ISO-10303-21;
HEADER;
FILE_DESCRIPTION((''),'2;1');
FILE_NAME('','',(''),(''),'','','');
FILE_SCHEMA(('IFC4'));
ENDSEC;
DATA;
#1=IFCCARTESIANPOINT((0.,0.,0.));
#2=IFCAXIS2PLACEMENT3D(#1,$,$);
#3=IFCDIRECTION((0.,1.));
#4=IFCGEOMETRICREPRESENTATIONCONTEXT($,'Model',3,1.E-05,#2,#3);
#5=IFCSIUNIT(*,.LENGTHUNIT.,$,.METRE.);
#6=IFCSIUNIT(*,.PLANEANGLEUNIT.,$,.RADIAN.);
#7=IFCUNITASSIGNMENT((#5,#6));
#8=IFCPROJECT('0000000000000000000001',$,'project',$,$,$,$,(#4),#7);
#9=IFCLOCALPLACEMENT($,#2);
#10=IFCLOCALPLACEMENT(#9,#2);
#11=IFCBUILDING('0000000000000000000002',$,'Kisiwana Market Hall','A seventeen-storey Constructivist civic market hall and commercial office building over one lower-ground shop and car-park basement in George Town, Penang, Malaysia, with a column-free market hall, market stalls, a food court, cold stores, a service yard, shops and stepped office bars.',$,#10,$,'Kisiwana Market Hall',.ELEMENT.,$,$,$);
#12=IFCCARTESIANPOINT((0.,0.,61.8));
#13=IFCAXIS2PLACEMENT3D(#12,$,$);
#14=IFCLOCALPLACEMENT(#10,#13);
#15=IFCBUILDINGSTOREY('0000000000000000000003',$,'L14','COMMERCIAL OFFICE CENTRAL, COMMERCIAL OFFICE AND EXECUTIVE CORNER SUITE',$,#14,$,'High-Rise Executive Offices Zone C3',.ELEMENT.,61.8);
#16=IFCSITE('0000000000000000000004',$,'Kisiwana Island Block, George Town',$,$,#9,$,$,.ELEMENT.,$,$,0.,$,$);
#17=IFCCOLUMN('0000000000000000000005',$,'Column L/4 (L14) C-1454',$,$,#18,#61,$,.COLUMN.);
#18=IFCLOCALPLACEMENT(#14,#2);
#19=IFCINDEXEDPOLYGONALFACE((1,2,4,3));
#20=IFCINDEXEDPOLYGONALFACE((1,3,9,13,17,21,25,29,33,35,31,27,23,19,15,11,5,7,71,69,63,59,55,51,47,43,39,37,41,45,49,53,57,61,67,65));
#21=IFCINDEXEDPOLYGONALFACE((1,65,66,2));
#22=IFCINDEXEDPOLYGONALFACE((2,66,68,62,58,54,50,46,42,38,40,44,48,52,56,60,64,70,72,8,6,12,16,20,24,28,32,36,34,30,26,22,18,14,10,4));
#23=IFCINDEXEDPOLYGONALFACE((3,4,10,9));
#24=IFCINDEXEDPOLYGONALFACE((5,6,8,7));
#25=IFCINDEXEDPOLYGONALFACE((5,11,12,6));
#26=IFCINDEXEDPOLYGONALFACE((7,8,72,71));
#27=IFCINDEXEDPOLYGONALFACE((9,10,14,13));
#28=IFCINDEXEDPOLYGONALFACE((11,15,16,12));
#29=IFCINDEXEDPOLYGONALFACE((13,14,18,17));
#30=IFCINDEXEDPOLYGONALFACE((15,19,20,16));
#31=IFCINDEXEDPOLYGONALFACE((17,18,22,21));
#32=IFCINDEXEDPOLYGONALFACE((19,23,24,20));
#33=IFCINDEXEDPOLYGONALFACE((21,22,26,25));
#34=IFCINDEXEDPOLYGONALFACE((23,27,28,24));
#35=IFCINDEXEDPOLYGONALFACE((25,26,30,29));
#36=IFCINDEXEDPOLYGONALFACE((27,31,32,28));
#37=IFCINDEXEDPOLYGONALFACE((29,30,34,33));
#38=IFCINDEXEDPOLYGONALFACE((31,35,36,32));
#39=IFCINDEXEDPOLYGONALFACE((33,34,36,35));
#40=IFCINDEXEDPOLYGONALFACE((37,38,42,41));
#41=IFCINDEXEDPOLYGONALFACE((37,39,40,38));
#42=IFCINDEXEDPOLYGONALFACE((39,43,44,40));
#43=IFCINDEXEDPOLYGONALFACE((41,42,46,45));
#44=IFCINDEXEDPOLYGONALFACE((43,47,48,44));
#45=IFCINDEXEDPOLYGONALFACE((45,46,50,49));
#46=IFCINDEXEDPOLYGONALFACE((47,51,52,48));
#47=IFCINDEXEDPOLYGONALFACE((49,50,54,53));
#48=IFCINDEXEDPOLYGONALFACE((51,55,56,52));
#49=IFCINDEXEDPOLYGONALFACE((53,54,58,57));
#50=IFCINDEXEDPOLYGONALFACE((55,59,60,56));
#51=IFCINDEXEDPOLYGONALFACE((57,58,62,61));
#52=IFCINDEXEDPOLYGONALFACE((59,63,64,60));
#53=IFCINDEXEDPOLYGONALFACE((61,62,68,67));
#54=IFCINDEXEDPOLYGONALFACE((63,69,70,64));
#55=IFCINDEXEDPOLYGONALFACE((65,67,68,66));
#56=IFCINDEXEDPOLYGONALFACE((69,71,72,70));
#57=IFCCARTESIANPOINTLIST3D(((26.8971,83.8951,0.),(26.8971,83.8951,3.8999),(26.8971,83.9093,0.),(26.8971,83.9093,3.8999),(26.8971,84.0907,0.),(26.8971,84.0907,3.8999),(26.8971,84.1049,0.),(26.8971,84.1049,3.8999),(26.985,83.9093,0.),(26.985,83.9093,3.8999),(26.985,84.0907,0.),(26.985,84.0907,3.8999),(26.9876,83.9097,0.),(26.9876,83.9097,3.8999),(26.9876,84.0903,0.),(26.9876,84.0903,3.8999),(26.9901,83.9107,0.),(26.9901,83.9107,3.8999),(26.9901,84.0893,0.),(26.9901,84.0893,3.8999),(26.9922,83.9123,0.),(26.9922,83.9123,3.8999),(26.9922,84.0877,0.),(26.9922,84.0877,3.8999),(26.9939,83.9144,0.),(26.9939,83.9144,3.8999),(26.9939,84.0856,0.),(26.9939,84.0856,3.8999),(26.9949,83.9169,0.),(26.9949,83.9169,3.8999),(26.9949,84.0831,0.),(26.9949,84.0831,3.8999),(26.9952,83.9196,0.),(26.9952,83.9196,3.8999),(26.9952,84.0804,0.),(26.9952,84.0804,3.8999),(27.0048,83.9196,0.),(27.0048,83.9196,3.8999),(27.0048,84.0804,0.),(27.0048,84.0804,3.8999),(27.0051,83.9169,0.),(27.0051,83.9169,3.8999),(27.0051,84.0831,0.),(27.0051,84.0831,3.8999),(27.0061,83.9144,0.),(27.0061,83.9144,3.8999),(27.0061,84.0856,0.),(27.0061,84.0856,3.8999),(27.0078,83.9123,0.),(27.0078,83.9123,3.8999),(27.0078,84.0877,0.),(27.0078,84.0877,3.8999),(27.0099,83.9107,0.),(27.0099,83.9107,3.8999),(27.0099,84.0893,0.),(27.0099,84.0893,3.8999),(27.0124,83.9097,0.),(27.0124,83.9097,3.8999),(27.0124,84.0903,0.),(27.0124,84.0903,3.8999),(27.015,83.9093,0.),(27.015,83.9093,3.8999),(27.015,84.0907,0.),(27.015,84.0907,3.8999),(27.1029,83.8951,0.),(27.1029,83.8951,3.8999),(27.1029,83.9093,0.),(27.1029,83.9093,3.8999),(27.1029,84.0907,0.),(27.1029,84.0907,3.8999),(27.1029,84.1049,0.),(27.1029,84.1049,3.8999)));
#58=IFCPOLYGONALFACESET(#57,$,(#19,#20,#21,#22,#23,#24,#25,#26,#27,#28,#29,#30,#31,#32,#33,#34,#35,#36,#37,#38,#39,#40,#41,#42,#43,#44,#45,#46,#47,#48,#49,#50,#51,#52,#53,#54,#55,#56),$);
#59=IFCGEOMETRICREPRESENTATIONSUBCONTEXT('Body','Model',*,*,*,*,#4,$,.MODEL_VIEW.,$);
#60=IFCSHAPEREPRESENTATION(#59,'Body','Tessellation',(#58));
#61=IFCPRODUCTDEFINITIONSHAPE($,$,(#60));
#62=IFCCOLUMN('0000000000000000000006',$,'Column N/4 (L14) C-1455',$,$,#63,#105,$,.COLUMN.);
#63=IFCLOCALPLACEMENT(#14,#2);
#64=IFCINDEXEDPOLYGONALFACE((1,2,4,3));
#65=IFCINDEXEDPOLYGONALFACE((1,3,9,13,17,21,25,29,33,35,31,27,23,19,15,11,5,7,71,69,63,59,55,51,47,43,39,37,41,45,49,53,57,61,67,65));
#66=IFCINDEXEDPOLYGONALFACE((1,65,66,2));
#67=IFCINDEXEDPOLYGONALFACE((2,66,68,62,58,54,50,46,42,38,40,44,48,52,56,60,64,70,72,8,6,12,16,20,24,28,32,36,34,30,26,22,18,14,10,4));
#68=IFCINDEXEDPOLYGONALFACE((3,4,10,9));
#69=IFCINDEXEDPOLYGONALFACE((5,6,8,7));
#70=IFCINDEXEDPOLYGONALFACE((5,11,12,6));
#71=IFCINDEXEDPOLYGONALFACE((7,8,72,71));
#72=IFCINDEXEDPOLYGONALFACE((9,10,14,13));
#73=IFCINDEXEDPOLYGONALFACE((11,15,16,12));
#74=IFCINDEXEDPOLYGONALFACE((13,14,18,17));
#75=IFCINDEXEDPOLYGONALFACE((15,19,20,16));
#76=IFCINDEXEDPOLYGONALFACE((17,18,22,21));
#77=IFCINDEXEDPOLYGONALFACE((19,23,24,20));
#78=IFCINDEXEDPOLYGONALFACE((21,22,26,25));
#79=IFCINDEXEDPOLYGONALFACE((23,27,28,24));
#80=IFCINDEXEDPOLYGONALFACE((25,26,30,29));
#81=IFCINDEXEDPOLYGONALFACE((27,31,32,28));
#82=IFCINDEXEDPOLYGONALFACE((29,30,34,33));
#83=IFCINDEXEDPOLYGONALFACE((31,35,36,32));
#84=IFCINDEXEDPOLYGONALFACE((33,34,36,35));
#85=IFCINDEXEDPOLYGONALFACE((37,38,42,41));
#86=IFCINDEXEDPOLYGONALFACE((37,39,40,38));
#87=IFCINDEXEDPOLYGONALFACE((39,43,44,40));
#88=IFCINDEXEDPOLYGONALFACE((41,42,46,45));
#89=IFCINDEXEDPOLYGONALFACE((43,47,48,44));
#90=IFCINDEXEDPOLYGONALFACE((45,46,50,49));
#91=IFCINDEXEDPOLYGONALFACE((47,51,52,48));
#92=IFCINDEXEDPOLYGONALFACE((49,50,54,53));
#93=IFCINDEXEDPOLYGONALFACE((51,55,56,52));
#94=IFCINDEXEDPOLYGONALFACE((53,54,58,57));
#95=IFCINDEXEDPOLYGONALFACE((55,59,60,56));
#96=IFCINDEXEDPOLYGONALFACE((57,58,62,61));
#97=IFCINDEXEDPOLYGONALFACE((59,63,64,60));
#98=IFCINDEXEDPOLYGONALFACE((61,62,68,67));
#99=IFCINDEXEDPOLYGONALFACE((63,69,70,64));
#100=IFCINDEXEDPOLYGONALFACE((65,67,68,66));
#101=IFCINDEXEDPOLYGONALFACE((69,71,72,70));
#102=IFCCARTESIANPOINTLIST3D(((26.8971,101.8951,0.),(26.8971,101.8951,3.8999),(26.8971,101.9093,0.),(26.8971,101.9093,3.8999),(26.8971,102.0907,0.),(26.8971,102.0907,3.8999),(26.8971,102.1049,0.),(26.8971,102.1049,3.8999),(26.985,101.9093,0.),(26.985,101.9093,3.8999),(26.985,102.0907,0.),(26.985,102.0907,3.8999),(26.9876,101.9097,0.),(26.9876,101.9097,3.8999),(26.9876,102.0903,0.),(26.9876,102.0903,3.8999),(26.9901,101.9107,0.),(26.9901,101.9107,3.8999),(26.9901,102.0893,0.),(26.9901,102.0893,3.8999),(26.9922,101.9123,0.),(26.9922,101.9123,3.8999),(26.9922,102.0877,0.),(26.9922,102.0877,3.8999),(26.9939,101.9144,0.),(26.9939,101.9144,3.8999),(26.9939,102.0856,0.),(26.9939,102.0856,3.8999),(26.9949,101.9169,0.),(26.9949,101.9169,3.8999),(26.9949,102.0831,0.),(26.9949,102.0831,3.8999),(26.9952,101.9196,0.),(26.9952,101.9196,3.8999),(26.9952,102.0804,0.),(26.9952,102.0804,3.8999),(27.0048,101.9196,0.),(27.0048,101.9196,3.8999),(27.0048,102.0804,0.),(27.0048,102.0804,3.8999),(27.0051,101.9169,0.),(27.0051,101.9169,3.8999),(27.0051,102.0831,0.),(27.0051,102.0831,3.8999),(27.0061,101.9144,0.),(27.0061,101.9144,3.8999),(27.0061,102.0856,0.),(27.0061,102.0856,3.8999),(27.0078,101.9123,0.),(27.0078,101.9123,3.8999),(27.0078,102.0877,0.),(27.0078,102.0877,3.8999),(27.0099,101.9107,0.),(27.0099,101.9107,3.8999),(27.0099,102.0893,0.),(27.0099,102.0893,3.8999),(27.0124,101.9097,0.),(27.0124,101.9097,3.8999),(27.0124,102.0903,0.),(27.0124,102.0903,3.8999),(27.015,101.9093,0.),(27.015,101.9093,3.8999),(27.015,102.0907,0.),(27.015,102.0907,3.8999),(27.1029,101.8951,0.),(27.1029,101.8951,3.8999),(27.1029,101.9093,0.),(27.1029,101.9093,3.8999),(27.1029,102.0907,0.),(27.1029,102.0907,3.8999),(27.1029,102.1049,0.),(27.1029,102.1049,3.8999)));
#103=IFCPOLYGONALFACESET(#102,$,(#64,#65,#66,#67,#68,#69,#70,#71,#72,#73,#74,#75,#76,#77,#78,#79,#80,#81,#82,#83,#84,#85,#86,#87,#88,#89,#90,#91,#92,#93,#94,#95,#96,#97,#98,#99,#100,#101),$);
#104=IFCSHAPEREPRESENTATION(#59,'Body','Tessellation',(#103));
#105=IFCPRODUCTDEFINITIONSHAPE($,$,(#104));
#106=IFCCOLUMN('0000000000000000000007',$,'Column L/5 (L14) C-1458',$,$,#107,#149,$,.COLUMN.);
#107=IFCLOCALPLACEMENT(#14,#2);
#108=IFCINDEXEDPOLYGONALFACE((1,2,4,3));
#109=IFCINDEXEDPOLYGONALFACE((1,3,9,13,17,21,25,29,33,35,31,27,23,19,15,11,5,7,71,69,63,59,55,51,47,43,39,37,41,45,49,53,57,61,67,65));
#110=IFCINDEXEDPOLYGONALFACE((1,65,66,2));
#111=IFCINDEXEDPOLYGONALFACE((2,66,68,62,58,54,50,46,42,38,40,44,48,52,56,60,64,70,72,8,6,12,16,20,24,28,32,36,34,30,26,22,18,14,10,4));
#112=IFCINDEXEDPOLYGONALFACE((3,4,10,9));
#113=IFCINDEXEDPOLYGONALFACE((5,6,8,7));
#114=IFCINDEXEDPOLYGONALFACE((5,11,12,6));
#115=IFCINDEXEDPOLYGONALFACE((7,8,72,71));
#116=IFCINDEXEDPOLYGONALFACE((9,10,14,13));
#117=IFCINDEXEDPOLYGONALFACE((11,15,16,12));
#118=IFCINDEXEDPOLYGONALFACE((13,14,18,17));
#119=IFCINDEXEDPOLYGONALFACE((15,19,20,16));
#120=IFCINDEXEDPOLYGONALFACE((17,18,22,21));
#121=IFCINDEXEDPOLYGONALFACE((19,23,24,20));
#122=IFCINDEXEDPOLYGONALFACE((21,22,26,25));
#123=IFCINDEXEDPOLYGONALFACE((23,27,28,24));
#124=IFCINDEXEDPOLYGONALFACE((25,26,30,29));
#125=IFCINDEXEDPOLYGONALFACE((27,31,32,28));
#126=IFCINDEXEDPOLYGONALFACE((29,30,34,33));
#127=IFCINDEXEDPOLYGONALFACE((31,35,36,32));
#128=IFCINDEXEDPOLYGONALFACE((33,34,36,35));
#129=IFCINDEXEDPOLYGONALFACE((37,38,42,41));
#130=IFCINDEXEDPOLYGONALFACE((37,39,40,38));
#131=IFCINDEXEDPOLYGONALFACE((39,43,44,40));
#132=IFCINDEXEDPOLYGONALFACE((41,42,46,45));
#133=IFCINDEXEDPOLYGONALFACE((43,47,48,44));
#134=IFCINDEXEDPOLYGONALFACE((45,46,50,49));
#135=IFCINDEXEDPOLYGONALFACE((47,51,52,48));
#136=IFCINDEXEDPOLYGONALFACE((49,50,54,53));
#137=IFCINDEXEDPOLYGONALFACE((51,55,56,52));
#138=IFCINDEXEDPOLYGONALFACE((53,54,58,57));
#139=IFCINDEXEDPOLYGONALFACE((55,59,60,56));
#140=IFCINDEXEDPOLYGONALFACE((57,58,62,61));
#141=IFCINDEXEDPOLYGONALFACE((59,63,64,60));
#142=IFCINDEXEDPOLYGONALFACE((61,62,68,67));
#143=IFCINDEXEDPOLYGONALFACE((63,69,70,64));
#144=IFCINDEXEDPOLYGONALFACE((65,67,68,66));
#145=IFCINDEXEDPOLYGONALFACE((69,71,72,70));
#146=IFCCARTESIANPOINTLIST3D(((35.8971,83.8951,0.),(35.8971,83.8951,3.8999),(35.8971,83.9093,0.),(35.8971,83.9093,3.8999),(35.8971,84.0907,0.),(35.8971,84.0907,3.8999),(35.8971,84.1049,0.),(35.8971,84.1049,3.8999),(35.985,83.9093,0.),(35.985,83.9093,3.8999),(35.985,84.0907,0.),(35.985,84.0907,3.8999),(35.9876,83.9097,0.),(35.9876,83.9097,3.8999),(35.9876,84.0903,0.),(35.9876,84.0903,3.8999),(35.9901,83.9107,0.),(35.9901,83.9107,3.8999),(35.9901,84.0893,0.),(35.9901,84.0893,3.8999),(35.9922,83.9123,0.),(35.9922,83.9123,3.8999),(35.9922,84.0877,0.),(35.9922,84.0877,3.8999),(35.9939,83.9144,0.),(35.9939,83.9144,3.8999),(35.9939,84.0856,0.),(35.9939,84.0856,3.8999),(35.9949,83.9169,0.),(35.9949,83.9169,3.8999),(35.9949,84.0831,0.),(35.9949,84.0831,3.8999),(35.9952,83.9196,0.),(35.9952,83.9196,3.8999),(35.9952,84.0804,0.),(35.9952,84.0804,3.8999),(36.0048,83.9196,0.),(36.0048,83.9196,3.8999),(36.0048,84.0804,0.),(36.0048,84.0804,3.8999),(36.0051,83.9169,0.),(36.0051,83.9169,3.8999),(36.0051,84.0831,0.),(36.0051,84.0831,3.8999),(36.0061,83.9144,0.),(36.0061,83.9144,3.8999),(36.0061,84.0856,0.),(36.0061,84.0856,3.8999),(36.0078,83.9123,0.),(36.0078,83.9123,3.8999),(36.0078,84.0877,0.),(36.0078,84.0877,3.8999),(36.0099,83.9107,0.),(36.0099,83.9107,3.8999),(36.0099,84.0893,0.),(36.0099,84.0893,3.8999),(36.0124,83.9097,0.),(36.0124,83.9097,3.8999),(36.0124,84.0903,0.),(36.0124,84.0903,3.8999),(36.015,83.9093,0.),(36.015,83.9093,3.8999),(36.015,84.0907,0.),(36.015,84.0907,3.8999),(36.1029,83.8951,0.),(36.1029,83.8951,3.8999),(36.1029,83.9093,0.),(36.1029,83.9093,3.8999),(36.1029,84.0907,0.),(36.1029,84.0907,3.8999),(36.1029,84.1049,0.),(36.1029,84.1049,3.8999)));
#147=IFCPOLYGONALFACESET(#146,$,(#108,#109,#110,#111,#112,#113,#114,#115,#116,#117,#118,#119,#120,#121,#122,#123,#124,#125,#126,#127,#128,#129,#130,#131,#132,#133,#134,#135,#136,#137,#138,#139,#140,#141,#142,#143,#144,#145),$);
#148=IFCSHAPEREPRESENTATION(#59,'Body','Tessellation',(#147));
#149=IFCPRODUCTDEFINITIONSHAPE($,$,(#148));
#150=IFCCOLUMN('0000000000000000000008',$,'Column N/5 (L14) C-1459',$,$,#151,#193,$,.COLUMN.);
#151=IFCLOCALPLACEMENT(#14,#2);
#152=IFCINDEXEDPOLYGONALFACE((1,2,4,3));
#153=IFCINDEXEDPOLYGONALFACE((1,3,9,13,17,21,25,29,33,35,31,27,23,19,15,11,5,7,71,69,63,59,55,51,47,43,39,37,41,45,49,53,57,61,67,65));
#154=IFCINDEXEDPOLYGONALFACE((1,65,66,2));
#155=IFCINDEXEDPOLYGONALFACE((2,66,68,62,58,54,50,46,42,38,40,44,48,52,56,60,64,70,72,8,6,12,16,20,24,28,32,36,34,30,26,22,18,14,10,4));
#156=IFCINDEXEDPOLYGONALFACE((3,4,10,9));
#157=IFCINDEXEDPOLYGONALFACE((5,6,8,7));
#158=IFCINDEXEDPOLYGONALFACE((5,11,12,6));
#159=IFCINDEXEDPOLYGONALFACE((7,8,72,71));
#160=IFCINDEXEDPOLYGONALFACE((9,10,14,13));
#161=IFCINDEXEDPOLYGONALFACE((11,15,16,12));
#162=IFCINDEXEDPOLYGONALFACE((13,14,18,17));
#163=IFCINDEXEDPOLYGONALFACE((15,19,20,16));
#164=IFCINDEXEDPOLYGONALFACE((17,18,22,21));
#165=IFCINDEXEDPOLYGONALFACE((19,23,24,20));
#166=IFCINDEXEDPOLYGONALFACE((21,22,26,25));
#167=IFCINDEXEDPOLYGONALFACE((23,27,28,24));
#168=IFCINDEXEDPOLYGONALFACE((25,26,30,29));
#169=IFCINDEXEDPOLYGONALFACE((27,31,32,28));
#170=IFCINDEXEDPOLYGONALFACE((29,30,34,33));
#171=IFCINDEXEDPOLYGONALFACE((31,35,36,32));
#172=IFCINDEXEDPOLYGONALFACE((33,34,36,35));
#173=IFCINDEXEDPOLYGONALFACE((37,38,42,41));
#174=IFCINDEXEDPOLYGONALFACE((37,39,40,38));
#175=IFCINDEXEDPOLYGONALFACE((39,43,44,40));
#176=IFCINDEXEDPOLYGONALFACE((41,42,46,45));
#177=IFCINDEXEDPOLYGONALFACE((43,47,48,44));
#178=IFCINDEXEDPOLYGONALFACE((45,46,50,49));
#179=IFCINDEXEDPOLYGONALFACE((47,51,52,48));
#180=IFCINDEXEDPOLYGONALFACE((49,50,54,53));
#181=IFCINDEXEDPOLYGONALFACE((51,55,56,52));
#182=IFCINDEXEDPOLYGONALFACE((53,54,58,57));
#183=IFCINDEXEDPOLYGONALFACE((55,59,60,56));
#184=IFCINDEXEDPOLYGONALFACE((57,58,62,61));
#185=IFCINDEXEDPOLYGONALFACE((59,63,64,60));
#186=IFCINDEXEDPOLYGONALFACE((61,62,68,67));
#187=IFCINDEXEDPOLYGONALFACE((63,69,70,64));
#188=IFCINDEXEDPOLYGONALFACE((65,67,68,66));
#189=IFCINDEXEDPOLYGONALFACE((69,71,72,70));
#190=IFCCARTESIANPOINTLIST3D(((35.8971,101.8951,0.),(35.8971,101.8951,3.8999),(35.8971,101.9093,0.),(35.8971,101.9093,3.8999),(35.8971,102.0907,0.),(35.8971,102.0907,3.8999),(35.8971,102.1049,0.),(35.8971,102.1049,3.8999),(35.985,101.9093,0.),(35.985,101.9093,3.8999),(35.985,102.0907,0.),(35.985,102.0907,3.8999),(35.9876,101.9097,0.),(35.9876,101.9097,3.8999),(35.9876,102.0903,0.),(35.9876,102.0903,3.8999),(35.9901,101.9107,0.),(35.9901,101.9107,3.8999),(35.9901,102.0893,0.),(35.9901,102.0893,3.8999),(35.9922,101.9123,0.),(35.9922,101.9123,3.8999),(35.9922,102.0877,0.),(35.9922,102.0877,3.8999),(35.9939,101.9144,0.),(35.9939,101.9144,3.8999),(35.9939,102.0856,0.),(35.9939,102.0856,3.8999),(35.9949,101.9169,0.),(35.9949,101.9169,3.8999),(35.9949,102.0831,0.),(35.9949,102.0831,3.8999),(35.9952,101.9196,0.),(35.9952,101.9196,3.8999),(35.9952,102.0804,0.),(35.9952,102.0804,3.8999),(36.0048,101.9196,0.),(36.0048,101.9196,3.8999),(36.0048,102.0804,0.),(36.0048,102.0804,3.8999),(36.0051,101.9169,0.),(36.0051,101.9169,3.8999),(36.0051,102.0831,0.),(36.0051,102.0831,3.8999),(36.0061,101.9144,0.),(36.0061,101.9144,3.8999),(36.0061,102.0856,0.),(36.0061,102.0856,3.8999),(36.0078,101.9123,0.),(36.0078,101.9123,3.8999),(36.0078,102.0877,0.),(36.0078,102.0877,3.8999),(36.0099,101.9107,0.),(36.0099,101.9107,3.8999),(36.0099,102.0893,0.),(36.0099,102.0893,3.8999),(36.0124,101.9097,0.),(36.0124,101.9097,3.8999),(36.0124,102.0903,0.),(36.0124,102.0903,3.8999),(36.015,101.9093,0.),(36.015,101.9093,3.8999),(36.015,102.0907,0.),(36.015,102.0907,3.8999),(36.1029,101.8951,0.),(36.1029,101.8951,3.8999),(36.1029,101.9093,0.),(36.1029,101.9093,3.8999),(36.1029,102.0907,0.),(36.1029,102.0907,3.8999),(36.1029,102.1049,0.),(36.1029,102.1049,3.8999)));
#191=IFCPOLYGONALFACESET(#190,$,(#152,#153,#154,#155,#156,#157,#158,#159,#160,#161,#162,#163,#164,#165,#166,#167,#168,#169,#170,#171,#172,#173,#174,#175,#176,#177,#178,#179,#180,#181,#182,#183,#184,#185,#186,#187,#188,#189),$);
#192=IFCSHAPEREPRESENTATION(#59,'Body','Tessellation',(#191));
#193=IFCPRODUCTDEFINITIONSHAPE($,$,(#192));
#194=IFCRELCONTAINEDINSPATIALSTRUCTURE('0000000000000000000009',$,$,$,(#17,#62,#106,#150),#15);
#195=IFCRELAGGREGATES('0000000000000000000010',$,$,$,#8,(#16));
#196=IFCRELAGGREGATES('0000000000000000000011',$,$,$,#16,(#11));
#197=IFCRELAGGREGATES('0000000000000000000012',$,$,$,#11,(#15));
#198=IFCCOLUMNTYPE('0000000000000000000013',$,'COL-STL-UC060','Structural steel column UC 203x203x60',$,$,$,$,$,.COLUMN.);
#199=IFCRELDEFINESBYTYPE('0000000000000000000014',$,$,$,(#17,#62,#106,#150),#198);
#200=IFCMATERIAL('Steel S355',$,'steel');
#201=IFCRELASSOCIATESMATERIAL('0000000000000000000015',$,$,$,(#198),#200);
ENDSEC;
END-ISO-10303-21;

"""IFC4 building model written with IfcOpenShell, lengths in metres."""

from ifc_helpers import new_model, si_unit, direction, frame, origin, origin_2d, place, context, subcontext, project, spatial, i_section, extrude, material, material_profile, profile_set, type_object, element, save


model = new_model("IFC4")

# Units and contexts
model_context = context("Model", 3, precision=1e-05, world=origin(), true_north=direction((0.0, 1.0)))
body_context = subcontext(model_context, "Body", "Model", "MODEL_VIEW")
ifc_project = project(units=[si_unit("LENGTHUNIT", "METRE"), si_unit("PLANEANGLEUNIT", "RADIAN")], contexts=[model_context])

# Site, building, storey
site_placement = place(None, origin())
site = spatial("IfcSite", under=ifc_project, at=site_placement, Name="Kisiwana Island Block, George Town", CompositionType="ELEMENT", RefElevation=0.0)
building_placement = place(site_placement, origin())
building = spatial("IfcBuilding", under=site, at=building_placement, Name="Kisiwana Market Hall", Description="A seventeen-storey Constructivist civic market hall and commercial office building over one lower-ground shop and car-park basement in George Town, Penang, Malaysia, with a column-free market hall, market stalls, a food court, cold stores, a service yard, shops and stepped office bars.", LongName="Kisiwana Market Hall", CompositionType="ELEMENT")
storey_placement = place(building_placement, frame((0.0, 0.0, 61.8)))
storey = spatial("IfcBuildingStorey", under=building, at=storey_placement, Name="L14", Description="COMMERCIAL OFFICE CENTRAL, COMMERCIAL OFFICE AND EXECUTIVE CORNER SUITE", LongName="High-Rise Executive Offices Zone C3", CompositionType="ELEMENT", Elevation=61.8)

# Columns
ifc_material_1 = material(Name="Steel S355", Category="steel")
ifc_material_profile_1 = material_profile(ifc_material_1, i_section(OverallWidth=0.2058, OverallDepth=0.2097, WebThickness=0.0095, FlangeThickness=0.0142, FilletRadius=0.0103, at=origin_2d()), Name="UC 203x203x60")
ifc_profile_set_1 = profile_set([ifc_material_profile_1], Name="Steel S355")
column_type = type_object("IfcColumnType", Name="COL-STL-UC060", Description="Structural steel column UC 203x203x60", PredefinedType="COLUMN", material=ifc_profile_set_1)
for number, where, z_axis, x_axis, name in (
    (1, (27.0, 84.0, 0.0), (0.0, 0.0, 1.0), (1.0, 0.0, 0.0), "Column L/4 (L14) C-1454"),
    (2, (27.0, 102.0, 0.0), (0.0, 0.0, 1.0), (1.0, 0.0, 0.0), "Column N/4 (L14) C-1455"),
    (3, (36.0, 84.0, 0.0), (0.0, 0.0, 1.0), (1.0, 0.0, 0.0), "Column L/5 (L14) C-1458"),
    (4, (36.0, 102.0, 0.0), (0.0, 0.0, 1.0), (1.0, 0.0, 0.0), "Column N/5 (L14) C-1459"),
):
    element("IfcColumn", number, at=place(storey_placement, frame(where, z_axis=z_axis, x_axis=x_axis)), inside=storey, type_object=column_type, Name=name, PredefinedType="COLUMN", context=body_context, shape_type="SweptSolid", body=[
        extrude(i_section(OverallWidth=0.2058, OverallDepth=0.2097, WebThickness=0.0095, FlangeThickness=0.0142, FilletRadius=0.0103, at=origin_2d()), origin(), (0.0, 0.0, 1.0), 3.8999),
    ])

save(model, "model.ifc")
